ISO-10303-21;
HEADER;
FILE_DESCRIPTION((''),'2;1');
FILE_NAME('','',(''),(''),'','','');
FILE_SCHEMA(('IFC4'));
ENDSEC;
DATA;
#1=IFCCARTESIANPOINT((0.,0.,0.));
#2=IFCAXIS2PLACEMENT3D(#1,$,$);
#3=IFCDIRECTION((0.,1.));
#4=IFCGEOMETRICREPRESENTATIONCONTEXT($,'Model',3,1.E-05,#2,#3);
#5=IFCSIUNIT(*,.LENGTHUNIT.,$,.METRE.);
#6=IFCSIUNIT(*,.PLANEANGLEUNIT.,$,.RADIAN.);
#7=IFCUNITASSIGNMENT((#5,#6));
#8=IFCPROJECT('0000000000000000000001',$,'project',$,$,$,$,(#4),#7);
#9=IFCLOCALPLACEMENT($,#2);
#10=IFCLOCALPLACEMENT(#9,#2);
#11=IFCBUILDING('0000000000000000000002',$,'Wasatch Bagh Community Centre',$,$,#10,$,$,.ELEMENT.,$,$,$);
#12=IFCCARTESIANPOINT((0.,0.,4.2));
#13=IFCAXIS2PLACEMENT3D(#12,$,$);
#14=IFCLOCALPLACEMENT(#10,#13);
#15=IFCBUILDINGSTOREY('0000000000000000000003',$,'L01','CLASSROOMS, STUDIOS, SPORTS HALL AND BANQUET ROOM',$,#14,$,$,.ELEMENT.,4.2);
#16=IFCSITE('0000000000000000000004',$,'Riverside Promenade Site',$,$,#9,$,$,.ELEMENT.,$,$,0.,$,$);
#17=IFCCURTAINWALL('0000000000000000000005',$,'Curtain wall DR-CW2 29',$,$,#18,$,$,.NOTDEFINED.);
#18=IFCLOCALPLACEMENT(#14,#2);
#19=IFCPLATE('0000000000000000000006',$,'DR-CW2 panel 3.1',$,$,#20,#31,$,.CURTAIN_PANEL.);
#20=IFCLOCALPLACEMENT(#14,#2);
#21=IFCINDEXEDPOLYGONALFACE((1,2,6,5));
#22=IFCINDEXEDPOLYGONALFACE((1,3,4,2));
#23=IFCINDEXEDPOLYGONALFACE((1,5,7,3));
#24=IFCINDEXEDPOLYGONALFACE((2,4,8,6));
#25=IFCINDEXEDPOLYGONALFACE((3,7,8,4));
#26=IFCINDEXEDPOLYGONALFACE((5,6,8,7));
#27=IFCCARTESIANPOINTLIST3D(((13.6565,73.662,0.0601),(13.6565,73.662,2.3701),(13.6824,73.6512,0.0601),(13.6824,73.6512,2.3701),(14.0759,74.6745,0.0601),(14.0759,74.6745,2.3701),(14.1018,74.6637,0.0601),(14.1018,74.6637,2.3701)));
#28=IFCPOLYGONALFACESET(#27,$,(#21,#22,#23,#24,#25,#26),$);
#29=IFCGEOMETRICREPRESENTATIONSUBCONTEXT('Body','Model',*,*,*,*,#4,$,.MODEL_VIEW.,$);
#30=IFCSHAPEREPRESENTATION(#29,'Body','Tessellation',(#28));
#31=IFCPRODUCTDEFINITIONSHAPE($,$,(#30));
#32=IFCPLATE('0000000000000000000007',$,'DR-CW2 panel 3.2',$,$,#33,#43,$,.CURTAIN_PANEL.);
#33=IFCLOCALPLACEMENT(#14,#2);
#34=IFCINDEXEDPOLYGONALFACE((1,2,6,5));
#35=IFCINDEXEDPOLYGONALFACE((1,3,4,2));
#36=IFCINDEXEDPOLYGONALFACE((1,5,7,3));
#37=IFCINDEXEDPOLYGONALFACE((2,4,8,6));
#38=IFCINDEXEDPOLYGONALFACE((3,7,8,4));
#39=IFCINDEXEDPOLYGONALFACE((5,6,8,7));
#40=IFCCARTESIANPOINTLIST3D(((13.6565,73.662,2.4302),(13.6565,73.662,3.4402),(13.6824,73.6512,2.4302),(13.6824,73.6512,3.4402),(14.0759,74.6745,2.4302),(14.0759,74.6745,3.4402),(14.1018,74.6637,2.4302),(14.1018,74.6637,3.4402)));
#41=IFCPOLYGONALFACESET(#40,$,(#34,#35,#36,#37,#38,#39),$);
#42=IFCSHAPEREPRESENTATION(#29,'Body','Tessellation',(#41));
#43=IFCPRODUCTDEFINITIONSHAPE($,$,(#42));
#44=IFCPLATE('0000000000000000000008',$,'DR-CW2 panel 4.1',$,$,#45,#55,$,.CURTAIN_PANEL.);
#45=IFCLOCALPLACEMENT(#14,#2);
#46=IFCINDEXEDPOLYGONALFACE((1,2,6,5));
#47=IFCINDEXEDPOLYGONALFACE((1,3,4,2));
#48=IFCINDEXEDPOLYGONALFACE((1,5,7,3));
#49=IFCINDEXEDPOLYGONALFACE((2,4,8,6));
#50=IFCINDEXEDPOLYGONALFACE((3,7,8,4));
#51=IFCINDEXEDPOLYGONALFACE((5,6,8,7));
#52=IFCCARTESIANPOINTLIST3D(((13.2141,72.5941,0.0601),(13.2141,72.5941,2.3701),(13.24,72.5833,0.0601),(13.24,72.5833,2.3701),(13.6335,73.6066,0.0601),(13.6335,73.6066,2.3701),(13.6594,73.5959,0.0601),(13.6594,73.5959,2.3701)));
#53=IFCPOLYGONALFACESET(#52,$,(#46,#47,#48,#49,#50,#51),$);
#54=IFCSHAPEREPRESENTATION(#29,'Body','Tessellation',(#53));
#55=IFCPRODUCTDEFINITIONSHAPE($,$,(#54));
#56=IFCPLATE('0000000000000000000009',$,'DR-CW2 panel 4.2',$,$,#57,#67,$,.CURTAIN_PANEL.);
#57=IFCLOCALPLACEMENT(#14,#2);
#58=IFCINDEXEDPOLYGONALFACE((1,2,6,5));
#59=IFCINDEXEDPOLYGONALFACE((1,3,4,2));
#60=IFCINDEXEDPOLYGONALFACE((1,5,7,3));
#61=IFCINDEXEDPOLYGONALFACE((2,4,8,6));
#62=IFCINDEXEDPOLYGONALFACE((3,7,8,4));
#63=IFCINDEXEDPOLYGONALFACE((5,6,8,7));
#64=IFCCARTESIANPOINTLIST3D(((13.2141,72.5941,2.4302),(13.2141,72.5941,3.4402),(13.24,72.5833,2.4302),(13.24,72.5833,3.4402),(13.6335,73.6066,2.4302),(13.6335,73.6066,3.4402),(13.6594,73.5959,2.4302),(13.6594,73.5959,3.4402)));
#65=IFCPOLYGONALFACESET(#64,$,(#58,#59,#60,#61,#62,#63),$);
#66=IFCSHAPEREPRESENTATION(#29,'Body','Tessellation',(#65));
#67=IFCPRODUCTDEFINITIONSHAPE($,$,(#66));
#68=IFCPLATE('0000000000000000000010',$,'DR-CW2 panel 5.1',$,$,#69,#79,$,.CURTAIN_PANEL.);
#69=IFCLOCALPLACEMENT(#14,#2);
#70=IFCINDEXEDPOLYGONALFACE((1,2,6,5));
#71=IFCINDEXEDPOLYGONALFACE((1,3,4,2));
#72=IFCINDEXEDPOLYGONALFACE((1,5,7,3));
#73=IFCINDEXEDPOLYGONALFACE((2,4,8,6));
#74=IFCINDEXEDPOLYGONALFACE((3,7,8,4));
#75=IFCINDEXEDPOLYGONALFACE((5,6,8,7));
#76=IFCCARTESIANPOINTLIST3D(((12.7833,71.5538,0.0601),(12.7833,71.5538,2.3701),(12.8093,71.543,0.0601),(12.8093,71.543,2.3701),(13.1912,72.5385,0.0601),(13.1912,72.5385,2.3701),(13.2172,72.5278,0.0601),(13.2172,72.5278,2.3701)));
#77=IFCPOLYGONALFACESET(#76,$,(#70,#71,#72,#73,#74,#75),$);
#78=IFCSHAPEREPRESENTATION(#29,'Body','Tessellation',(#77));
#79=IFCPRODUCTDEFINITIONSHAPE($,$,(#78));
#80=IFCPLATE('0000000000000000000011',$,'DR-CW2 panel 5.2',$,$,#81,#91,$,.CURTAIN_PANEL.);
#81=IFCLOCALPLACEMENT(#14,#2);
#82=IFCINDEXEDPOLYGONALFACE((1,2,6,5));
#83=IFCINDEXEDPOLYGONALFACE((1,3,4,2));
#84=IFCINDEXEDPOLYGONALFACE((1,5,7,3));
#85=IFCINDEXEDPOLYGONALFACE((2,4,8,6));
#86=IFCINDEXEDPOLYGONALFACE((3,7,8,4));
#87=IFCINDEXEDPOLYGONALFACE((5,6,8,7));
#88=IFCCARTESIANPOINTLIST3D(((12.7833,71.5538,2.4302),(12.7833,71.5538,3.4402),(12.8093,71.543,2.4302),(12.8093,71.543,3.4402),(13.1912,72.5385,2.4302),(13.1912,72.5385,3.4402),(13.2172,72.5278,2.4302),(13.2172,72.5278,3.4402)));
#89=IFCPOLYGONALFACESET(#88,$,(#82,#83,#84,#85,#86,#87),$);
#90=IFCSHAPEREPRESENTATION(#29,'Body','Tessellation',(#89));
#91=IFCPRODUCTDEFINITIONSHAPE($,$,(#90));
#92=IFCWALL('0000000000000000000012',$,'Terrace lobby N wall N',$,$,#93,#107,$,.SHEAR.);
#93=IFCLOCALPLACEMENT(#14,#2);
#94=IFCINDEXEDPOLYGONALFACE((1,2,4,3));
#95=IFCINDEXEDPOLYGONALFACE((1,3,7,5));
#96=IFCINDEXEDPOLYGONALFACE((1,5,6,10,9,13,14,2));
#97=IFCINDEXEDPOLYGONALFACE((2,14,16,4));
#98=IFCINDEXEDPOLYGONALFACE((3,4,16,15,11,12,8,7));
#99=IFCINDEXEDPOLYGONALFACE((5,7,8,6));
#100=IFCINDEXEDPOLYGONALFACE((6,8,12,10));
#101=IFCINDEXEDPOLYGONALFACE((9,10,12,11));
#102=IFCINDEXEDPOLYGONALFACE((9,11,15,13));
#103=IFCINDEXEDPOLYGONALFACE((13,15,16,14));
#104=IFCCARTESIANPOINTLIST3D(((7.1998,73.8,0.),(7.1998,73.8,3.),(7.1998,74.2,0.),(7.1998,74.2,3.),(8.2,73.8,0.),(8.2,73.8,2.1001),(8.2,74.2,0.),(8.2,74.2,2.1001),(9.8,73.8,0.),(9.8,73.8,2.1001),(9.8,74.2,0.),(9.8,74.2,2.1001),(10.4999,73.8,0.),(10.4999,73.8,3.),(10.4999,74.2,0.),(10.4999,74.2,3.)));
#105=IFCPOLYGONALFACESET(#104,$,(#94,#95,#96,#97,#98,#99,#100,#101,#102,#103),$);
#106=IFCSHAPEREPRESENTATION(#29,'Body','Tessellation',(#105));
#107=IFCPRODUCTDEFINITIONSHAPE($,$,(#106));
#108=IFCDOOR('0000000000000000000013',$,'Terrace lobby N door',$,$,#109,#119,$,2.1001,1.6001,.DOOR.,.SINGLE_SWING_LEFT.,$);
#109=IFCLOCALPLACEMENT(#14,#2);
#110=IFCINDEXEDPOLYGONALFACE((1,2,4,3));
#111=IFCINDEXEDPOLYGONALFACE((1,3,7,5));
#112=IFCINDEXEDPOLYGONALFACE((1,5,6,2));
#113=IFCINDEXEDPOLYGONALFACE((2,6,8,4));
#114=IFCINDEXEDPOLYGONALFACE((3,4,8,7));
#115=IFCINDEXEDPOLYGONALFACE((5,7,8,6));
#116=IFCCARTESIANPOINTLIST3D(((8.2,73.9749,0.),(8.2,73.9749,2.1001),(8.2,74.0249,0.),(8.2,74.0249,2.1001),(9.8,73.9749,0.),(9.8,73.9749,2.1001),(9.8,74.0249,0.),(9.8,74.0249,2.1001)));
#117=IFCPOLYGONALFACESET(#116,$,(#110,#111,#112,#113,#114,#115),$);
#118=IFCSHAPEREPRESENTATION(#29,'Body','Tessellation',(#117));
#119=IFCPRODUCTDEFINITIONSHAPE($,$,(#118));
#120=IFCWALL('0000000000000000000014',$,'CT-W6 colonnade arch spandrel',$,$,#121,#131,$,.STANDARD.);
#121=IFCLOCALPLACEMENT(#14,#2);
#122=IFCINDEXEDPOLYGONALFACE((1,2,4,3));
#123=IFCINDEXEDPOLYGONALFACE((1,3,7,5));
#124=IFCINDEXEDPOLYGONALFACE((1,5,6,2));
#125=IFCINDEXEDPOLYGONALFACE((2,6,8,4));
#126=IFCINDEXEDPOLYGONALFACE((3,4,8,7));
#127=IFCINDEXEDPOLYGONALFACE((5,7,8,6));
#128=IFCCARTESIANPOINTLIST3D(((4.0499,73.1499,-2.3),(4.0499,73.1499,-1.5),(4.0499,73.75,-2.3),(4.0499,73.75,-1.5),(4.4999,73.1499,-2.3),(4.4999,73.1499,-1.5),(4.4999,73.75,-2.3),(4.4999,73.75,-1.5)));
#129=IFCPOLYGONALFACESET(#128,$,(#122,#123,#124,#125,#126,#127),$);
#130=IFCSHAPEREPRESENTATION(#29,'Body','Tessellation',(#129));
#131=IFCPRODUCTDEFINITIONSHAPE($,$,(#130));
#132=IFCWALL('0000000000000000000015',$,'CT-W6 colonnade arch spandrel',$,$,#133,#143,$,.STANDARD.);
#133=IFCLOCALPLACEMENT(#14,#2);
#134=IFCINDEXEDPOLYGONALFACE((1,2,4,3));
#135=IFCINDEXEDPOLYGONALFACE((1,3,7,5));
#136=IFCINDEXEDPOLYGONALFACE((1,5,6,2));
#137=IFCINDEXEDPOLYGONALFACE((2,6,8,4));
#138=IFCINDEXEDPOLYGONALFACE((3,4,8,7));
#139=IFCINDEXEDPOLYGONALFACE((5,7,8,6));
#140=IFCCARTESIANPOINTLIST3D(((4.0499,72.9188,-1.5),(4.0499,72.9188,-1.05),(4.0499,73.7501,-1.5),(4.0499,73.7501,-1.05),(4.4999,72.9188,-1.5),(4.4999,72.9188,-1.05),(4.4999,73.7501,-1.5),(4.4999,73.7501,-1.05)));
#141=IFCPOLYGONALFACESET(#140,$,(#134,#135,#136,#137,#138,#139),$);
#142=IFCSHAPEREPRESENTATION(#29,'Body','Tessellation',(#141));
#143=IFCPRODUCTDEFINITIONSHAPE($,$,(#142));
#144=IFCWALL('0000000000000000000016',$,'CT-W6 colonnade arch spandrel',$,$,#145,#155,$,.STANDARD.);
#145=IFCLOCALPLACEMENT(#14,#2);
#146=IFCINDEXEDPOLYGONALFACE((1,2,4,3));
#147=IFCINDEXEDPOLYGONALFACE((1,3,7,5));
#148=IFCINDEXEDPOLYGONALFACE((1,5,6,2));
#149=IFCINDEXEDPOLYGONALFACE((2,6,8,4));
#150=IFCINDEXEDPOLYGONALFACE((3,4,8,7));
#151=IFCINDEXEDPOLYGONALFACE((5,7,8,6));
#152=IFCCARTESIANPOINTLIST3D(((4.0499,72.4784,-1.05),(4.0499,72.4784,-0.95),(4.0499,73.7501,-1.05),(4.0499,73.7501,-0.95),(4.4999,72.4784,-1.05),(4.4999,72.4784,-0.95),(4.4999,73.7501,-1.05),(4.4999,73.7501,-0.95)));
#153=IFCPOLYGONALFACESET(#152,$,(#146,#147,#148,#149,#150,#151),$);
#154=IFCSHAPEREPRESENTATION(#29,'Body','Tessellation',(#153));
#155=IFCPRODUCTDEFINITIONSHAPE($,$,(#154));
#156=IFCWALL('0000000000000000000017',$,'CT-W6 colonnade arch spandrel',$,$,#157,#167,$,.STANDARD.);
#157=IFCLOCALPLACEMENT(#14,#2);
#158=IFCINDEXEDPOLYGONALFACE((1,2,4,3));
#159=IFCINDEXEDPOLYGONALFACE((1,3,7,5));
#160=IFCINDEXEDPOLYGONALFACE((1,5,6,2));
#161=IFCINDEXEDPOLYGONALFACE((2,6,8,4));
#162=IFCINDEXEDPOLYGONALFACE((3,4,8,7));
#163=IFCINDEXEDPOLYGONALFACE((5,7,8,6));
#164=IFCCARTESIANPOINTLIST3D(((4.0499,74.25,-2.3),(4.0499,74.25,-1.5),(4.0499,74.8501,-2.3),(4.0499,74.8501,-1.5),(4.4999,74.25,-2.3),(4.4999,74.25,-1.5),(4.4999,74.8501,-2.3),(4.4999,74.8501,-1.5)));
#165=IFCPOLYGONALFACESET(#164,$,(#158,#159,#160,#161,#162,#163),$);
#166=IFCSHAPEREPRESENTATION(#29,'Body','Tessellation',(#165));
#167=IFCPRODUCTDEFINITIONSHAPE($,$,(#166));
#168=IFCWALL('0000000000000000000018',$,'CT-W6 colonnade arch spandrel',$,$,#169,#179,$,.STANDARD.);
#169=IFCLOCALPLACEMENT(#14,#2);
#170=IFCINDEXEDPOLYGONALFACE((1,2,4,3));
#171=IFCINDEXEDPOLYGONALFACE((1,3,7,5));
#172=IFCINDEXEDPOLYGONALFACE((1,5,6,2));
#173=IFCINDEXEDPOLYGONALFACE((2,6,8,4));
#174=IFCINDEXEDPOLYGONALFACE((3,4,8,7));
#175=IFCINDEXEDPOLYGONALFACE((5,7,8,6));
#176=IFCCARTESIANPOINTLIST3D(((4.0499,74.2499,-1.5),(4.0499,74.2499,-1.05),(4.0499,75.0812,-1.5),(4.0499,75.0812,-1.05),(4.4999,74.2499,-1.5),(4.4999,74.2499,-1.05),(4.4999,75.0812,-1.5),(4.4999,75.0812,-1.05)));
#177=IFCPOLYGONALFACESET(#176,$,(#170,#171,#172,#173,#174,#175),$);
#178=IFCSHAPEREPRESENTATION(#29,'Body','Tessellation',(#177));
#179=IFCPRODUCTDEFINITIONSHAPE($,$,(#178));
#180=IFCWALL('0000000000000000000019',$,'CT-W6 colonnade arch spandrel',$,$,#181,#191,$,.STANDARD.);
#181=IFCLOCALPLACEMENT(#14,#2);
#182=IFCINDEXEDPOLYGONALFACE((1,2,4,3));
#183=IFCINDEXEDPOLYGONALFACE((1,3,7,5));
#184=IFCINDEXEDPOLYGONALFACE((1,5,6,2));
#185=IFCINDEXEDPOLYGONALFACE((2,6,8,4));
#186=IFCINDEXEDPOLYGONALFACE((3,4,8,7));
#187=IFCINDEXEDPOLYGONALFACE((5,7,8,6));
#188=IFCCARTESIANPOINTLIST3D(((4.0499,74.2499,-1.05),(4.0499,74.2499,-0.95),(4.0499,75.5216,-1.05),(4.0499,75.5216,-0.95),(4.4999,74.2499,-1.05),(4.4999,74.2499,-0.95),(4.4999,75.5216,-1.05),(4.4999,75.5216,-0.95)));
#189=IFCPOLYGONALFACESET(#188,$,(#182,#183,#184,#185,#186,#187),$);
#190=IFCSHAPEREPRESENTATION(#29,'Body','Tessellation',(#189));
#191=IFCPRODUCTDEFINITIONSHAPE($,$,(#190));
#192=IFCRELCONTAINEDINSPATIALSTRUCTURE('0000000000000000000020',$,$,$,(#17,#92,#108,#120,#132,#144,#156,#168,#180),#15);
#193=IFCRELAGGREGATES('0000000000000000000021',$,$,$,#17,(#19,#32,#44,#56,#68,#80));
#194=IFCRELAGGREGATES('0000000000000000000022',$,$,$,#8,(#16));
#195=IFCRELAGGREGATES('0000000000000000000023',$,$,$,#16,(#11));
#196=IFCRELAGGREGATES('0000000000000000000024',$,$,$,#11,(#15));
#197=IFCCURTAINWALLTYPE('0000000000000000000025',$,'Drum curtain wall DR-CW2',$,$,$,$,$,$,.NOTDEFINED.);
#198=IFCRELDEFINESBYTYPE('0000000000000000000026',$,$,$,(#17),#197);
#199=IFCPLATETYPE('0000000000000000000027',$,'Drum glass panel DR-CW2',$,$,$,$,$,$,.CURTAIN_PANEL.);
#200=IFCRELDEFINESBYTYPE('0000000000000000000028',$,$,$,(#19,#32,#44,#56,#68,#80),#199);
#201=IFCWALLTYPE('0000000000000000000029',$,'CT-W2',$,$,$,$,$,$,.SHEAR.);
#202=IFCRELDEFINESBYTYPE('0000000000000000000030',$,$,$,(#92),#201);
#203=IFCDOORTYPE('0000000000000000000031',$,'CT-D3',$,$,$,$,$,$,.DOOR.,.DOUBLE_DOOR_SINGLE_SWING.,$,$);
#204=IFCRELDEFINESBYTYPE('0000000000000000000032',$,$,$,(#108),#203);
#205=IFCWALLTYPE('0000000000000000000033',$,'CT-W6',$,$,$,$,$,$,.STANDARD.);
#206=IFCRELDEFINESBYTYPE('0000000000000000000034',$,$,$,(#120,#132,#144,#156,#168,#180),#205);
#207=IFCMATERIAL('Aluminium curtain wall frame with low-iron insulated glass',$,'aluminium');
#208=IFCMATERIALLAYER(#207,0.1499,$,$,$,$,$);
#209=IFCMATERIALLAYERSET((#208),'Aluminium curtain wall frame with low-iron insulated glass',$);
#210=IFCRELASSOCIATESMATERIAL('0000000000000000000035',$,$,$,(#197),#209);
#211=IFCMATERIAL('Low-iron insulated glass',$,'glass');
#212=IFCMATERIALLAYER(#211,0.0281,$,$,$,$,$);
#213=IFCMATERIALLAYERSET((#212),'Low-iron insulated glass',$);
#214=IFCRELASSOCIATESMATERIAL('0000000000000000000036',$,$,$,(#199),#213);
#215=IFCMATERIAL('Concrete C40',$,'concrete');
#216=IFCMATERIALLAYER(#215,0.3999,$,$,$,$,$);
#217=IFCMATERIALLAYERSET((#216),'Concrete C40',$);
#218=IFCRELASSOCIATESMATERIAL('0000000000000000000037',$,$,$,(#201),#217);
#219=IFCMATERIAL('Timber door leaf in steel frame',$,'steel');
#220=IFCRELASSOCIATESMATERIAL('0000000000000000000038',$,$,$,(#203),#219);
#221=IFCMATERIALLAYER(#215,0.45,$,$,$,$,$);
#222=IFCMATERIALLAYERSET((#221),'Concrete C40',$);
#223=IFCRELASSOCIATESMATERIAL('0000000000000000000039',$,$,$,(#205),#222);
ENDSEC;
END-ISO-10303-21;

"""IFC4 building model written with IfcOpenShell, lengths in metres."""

from ifc_helpers import new_model, si_unit, direction, frame, frame_2d, origin, origin_2d, place, context, subcontext, project, spatial, rectangle, extrude, material, layer, layer_set, type_object, element, fill, aggregate, save


model = new_model("IFC4")

# Units and contexts
model_context = context("Model", 3, precision=1e-05, world=origin(), true_north=direction((0.0, 1.0)))
body_context = subcontext(model_context, "Body", "Model", "MODEL_VIEW")
ifc_project = project(units=[si_unit("LENGTHUNIT", "METRE"), si_unit("PLANEANGLEUNIT", "RADIAN")], contexts=[model_context])

# Site, building, storey
site_placement = place(None, origin())
site = spatial("IfcSite", under=ifc_project, at=site_placement, Name="Riverside Promenade Site", CompositionType="ELEMENT", RefElevation=0.0)
building_placement = place(site_placement, origin())
building = spatial("IfcBuilding", under=site, at=building_placement, Name="Wasatch Bagh Community Centre", CompositionType="ELEMENT")
storey_placement = place(building_placement, frame((0.0, 0.0, 4.2)))
storey = spatial("IfcBuildingStorey", under=building, at=storey_placement, Name="L01", Description="CLASSROOMS, STUDIOS, SPORTS HALL AND BANQUET ROOM", CompositionType="ELEMENT", Elevation=4.2)

# Shared definitions
ifc_material_1 = material(Name="Concrete C40", Category="concrete")

# Curtain wall
ifc_material_2 = material(Name="Aluminium curtain wall frame with low-iron insulated glass", Category="aluminium")
ifc_layer_1 = layer(ifc_material_2, 0.1499)
ifc_layer_set_1 = layer_set([ifc_layer_1], Name="Aluminium curtain wall frame with low-iron insulated glass")
curtain_wall_type = type_object("IfcCurtainWallType", Name="Drum curtain wall DR-CW2", PredefinedType="NOTDEFINED", material=ifc_layer_set_1)
curtain_wall_1_placement = place(storey_placement, origin())
curtain_wall_1 = element("IfcCurtainWall", 1, at=curtain_wall_1_placement, inside=storey, type_object=curtain_wall_type, Name="Curtain wall DR-CW2 29", PredefinedType="NOTDEFINED")

# Plates
ifc_material_3 = material(Name="Low-iron insulated glass", Category="glass")
ifc_layer_2 = layer(ifc_material_3, 0.0281)
ifc_layer_set_2 = layer_set([ifc_layer_2], Name="Low-iron insulated glass")
plate_type = type_object("IfcPlateType", Name="Drum glass panel DR-CW2", PredefinedType="CURTAIN_PANEL", material=ifc_layer_set_2)
plate_1_placement = place(storey_placement, frame((13.8792, 74.1628, 0.0601), z_axis=(0.0, 0.0, 1.0), x_axis=(-0.382683, -0.92388, 0.0)))
plate_1 = element("IfcPlate", 2, at=plate_1_placement, type_object=plate_type, Name="DR-CW2 panel 3.1", PredefinedType="CURTAIN_PANEL", context=body_context, shape_type="SweptSolid", body=[
    extrude(rectangle(XDim=1.0959, YDim=0.0281, at=origin_2d()), origin(), (0.0, 0.0, 1.0), 2.3101),
])
plate_2_placement = place(storey_placement, frame((13.8792, 74.1628, 2.4302), z_axis=(0.0, 0.0, 1.0), x_axis=(-0.382683, -0.92388, 0.0)))
plate_2 = element("IfcPlate", 3, at=plate_2_placement, type_object=plate_type, Name="DR-CW2 panel 3.2", PredefinedType="CURTAIN_PANEL", context=body_context, shape_type="SweptSolid", body=[
    extrude(rectangle(XDim=1.0959, YDim=0.0281, at=origin_2d()), origin(), (0.0, 0.0, 1.0), 1.01),
])
plate_3_placement = place(storey_placement, frame((13.4368, 73.095, 0.0601), z_axis=(0.0, 0.0, 1.0), x_axis=(-0.382683, -0.92388, 0.0)))
plate_3 = element("IfcPlate", 4, at=plate_3_placement, type_object=plate_type, Name="DR-CW2 panel 4.1", PredefinedType="CURTAIN_PANEL", context=body_context, shape_type="SweptSolid", body=[
    extrude(rectangle(XDim=1.0959, YDim=0.0281, at=origin_2d()), origin(), (0.0, 0.0, 1.0), 2.3101),
])
plate_4_placement = place(storey_placement, frame((13.4368, 73.095, 2.4302), z_axis=(0.0, 0.0, 1.0), x_axis=(-0.382683, -0.92388, 0.0)))
plate_4 = element("IfcPlate", 5, at=plate_4_placement, type_object=plate_type, Name="DR-CW2 panel 4.2", PredefinedType="CURTAIN_PANEL", context=body_context, shape_type="SweptSolid", body=[
    extrude(rectangle(XDim=1.0959, YDim=0.0281, at=origin_2d()), origin(), (0.0, 0.0, 1.0), 1.01),
])
plate_5_placement = place(storey_placement, frame((13.0002, 72.0408, 0.0601), z_axis=(0.0, 0.0, 1.0), x_axis=(-0.382683, -0.92388, 0.0)))
plate_5 = element("IfcPlate", 6, at=plate_5_placement, type_object=plate_type, Name="DR-CW2 panel 5.1", PredefinedType="CURTAIN_PANEL", context=body_context, shape_type="SweptSolid", body=[
    extrude(rectangle(XDim=1.0659, YDim=0.0281, at=origin_2d()), origin(), (0.0, 0.0, 1.0), 2.3101),
])
plate_6_placement = place(storey_placement, frame((13.0002, 72.0408, 2.4302), z_axis=(0.0, 0.0, 1.0), x_axis=(-0.382683, -0.92388, 0.0)))
plate_6 = element("IfcPlate", 7, at=plate_6_placement, type_object=plate_type, Name="DR-CW2 panel 5.2", PredefinedType="CURTAIN_PANEL", context=body_context, shape_type="SweptSolid", body=[
    extrude(rectangle(XDim=1.0659, YDim=0.0281, at=origin_2d()), origin(), (0.0, 0.0, 1.0), 1.01),
])
aggregate(curtain_wall_1, [plate_1, plate_2, plate_3, plate_4, plate_5, plate_6])

# Wall, opening, door
ifc_layer_3 = layer(ifc_material_1, 0.3999)
ifc_layer_set_3 = layer_set([ifc_layer_3], Name="Concrete C40")
wall_type_1 = type_object("IfcWallType", Name="CT-W2", PredefinedType="SHEAR", material=ifc_layer_set_3)
wall_1_placement = place(storey_placement, frame((7.2, 74.0, 0.0), z_axis=(0.0, 0.0, 1.0), x_axis=(1.0, 0.0, 0.0)))
wall_1 = element("IfcWall", 8, at=wall_1_placement, inside=storey, type_object=wall_type_1, Name="Terrace lobby N wall N", PredefinedType="SHEAR", context=body_context, shape_type="SweptSolid", body=[
    extrude(rectangle(XDim=3.3, YDim=0.3999, at=frame_2d((1.6499, 0.0))), origin(), (0.0, 0.0, 1.0), 3.0),
])
opening_placement = place(wall_1_placement, frame((1.0, 0.0, 0.0)))
opening = element("IfcOpeningElement", 9, at=opening_placement, cuts=wall_1, PredefinedType="OPENING", context=body_context, shape_type="SweptSolid", body=[
    extrude(rectangle(XDim=1.6001, YDim=2.1001, at=frame_2d((0.8, 1.05))), frame((0.0, 0.21, 0.0), z_axis=(0.0, -1.0, 0.0), x_axis=(1.0, 0.0, 0.0)), (0.0, 0.0, 1.0), 0.4199),
])
ifc_material_4 = material(Name="Timber door leaf in steel frame", Category="steel")
door_type = type_object("IfcDoorType", Name="CT-D3", OperationType="DOUBLE_DOOR_SINGLE_SWING", PredefinedType="DOOR", material=ifc_material_4)
door_placement = place(opening_placement, origin())
door = element("IfcDoor", 10, at=door_placement, inside=storey, type_object=door_type, Name="Terrace lobby N door", OperationType="SINGLE_SWING_LEFT", OverallHeight=2.1001, OverallWidth=1.6001, PredefinedType="DOOR", context=body_context, shape_type="SweptSolid", body=[
    extrude(rectangle(XDim=1.6001, YDim=2.1001, at=frame_2d((0.8, 1.05))), frame((0.0, 0.0249, 0.0), z_axis=(0.0, -1.0, 0.0), x_axis=(1.0, 0.0, 0.0)), (0.0, 0.0, 1.0), 0.05),
])
fill(opening, door)

# Walls
ifc_layer_4 = layer(ifc_material_1, 0.45)
ifc_layer_set_4 = layer_set([ifc_layer_4], Name="Concrete C40")
wall_type_2 = type_object("IfcWallType", Name="CT-W6", PredefinedType="STANDARD", material=ifc_layer_set_4)
wall_2_placement = place(storey_placement, frame((4.2749, 73.75, -2.3), z_axis=(0.0, 0.0, 1.0), x_axis=(0.0, -1.0, 0.0)))
element("IfcWall", 11, at=wall_2_placement, inside=storey, type_object=wall_type_2, Name="CT-W6 colonnade arch spandrel", PredefinedType="STANDARD", context=body_context, shape_type="SweptSolid", body=[
    extrude(rectangle(XDim=0.6001, YDim=0.45, at=frame_2d((0.3, 0.0))), origin(), (0.0, 0.0, 1.0), 0.8),
])
wall_3_placement = place(storey_placement, frame((4.2749, 73.75, -1.5), z_axis=(0.0, 0.0, 1.0), x_axis=(0.0, -1.0, 0.0)))
element("IfcWall", 12, at=wall_3_placement, inside=storey, type_object=wall_type_2, Name="CT-W6 colonnade arch spandrel", PredefinedType="STANDARD", context=body_context, shape_type="SweptSolid", body=[
    extrude(rectangle(XDim=0.8313, YDim=0.45, at=frame_2d((0.4155, 0.0))), origin(), (0.0, 0.0, 1.0), 0.45),
])
wall_4_placement = place(storey_placement, frame((4.2749, 73.75, -1.05), z_axis=(0.0, 0.0, 1.0), x_axis=(0.0, -1.0, 0.0)))
element("IfcWall", 13, at=wall_4_placement, inside=storey, type_object=wall_type_2, Name="CT-W6 colonnade arch spandrel", PredefinedType="STANDARD", context=body_context, shape_type="SweptSolid", body=[
    extrude(rectangle(XDim=1.2717, YDim=0.45, at=frame_2d((0.6357, 0.0))), origin(), (0.0, 0.0, 1.0), 0.1001),
])
wall_5_placement = place(storey_placement, frame((4.2749, 74.25, -2.3), z_axis=(0.0, 0.0, 1.0), x_axis=(0.0, 1.0, 0.0)))
element("IfcWall", 14, at=wall_5_placement, inside=storey, type_object=wall_type_2, Name="CT-W6 colonnade arch spandrel", PredefinedType="STANDARD", context=body_context, shape_type="SweptSolid", body=[
    extrude(rectangle(XDim=0.6001, YDim=0.45, at=frame_2d((0.3, 0.0))), origin(), (0.0, 0.0, 1.0), 0.8),
])
wall_6_placement = place(storey_placement, frame((4.2749, 74.25, -1.5), z_axis=(0.0, 0.0, 1.0), x_axis=(0.0, 1.0, 0.0)))
element("IfcWall", 15, at=wall_6_placement, inside=storey, type_object=wall_type_2, Name="CT-W6 colonnade arch spandrel", PredefinedType="STANDARD", context=body_context, shape_type="SweptSolid", body=[
    extrude(rectangle(XDim=0.8313, YDim=0.45, at=frame_2d((0.4155, 0.0))), origin(), (0.0, 0.0, 1.0), 0.45),
])
wall_7_placement = place(storey_placement, frame((4.2749, 74.25, -1.05), z_axis=(0.0, 0.0, 1.0), x_axis=(0.0, 1.0, 0.0)))
element("IfcWall", 16, at=wall_7_placement, inside=storey, type_object=wall_type_2, Name="CT-W6 colonnade arch spandrel", PredefinedType="STANDARD", context=body_context, shape_type="SweptSolid", body=[
    extrude(rectangle(XDim=1.2717, YDim=0.45, at=frame_2d((0.6357, 0.0))), origin(), (0.0, 0.0, 1.0), 0.1001),
])

save(model, "model.ifc")
